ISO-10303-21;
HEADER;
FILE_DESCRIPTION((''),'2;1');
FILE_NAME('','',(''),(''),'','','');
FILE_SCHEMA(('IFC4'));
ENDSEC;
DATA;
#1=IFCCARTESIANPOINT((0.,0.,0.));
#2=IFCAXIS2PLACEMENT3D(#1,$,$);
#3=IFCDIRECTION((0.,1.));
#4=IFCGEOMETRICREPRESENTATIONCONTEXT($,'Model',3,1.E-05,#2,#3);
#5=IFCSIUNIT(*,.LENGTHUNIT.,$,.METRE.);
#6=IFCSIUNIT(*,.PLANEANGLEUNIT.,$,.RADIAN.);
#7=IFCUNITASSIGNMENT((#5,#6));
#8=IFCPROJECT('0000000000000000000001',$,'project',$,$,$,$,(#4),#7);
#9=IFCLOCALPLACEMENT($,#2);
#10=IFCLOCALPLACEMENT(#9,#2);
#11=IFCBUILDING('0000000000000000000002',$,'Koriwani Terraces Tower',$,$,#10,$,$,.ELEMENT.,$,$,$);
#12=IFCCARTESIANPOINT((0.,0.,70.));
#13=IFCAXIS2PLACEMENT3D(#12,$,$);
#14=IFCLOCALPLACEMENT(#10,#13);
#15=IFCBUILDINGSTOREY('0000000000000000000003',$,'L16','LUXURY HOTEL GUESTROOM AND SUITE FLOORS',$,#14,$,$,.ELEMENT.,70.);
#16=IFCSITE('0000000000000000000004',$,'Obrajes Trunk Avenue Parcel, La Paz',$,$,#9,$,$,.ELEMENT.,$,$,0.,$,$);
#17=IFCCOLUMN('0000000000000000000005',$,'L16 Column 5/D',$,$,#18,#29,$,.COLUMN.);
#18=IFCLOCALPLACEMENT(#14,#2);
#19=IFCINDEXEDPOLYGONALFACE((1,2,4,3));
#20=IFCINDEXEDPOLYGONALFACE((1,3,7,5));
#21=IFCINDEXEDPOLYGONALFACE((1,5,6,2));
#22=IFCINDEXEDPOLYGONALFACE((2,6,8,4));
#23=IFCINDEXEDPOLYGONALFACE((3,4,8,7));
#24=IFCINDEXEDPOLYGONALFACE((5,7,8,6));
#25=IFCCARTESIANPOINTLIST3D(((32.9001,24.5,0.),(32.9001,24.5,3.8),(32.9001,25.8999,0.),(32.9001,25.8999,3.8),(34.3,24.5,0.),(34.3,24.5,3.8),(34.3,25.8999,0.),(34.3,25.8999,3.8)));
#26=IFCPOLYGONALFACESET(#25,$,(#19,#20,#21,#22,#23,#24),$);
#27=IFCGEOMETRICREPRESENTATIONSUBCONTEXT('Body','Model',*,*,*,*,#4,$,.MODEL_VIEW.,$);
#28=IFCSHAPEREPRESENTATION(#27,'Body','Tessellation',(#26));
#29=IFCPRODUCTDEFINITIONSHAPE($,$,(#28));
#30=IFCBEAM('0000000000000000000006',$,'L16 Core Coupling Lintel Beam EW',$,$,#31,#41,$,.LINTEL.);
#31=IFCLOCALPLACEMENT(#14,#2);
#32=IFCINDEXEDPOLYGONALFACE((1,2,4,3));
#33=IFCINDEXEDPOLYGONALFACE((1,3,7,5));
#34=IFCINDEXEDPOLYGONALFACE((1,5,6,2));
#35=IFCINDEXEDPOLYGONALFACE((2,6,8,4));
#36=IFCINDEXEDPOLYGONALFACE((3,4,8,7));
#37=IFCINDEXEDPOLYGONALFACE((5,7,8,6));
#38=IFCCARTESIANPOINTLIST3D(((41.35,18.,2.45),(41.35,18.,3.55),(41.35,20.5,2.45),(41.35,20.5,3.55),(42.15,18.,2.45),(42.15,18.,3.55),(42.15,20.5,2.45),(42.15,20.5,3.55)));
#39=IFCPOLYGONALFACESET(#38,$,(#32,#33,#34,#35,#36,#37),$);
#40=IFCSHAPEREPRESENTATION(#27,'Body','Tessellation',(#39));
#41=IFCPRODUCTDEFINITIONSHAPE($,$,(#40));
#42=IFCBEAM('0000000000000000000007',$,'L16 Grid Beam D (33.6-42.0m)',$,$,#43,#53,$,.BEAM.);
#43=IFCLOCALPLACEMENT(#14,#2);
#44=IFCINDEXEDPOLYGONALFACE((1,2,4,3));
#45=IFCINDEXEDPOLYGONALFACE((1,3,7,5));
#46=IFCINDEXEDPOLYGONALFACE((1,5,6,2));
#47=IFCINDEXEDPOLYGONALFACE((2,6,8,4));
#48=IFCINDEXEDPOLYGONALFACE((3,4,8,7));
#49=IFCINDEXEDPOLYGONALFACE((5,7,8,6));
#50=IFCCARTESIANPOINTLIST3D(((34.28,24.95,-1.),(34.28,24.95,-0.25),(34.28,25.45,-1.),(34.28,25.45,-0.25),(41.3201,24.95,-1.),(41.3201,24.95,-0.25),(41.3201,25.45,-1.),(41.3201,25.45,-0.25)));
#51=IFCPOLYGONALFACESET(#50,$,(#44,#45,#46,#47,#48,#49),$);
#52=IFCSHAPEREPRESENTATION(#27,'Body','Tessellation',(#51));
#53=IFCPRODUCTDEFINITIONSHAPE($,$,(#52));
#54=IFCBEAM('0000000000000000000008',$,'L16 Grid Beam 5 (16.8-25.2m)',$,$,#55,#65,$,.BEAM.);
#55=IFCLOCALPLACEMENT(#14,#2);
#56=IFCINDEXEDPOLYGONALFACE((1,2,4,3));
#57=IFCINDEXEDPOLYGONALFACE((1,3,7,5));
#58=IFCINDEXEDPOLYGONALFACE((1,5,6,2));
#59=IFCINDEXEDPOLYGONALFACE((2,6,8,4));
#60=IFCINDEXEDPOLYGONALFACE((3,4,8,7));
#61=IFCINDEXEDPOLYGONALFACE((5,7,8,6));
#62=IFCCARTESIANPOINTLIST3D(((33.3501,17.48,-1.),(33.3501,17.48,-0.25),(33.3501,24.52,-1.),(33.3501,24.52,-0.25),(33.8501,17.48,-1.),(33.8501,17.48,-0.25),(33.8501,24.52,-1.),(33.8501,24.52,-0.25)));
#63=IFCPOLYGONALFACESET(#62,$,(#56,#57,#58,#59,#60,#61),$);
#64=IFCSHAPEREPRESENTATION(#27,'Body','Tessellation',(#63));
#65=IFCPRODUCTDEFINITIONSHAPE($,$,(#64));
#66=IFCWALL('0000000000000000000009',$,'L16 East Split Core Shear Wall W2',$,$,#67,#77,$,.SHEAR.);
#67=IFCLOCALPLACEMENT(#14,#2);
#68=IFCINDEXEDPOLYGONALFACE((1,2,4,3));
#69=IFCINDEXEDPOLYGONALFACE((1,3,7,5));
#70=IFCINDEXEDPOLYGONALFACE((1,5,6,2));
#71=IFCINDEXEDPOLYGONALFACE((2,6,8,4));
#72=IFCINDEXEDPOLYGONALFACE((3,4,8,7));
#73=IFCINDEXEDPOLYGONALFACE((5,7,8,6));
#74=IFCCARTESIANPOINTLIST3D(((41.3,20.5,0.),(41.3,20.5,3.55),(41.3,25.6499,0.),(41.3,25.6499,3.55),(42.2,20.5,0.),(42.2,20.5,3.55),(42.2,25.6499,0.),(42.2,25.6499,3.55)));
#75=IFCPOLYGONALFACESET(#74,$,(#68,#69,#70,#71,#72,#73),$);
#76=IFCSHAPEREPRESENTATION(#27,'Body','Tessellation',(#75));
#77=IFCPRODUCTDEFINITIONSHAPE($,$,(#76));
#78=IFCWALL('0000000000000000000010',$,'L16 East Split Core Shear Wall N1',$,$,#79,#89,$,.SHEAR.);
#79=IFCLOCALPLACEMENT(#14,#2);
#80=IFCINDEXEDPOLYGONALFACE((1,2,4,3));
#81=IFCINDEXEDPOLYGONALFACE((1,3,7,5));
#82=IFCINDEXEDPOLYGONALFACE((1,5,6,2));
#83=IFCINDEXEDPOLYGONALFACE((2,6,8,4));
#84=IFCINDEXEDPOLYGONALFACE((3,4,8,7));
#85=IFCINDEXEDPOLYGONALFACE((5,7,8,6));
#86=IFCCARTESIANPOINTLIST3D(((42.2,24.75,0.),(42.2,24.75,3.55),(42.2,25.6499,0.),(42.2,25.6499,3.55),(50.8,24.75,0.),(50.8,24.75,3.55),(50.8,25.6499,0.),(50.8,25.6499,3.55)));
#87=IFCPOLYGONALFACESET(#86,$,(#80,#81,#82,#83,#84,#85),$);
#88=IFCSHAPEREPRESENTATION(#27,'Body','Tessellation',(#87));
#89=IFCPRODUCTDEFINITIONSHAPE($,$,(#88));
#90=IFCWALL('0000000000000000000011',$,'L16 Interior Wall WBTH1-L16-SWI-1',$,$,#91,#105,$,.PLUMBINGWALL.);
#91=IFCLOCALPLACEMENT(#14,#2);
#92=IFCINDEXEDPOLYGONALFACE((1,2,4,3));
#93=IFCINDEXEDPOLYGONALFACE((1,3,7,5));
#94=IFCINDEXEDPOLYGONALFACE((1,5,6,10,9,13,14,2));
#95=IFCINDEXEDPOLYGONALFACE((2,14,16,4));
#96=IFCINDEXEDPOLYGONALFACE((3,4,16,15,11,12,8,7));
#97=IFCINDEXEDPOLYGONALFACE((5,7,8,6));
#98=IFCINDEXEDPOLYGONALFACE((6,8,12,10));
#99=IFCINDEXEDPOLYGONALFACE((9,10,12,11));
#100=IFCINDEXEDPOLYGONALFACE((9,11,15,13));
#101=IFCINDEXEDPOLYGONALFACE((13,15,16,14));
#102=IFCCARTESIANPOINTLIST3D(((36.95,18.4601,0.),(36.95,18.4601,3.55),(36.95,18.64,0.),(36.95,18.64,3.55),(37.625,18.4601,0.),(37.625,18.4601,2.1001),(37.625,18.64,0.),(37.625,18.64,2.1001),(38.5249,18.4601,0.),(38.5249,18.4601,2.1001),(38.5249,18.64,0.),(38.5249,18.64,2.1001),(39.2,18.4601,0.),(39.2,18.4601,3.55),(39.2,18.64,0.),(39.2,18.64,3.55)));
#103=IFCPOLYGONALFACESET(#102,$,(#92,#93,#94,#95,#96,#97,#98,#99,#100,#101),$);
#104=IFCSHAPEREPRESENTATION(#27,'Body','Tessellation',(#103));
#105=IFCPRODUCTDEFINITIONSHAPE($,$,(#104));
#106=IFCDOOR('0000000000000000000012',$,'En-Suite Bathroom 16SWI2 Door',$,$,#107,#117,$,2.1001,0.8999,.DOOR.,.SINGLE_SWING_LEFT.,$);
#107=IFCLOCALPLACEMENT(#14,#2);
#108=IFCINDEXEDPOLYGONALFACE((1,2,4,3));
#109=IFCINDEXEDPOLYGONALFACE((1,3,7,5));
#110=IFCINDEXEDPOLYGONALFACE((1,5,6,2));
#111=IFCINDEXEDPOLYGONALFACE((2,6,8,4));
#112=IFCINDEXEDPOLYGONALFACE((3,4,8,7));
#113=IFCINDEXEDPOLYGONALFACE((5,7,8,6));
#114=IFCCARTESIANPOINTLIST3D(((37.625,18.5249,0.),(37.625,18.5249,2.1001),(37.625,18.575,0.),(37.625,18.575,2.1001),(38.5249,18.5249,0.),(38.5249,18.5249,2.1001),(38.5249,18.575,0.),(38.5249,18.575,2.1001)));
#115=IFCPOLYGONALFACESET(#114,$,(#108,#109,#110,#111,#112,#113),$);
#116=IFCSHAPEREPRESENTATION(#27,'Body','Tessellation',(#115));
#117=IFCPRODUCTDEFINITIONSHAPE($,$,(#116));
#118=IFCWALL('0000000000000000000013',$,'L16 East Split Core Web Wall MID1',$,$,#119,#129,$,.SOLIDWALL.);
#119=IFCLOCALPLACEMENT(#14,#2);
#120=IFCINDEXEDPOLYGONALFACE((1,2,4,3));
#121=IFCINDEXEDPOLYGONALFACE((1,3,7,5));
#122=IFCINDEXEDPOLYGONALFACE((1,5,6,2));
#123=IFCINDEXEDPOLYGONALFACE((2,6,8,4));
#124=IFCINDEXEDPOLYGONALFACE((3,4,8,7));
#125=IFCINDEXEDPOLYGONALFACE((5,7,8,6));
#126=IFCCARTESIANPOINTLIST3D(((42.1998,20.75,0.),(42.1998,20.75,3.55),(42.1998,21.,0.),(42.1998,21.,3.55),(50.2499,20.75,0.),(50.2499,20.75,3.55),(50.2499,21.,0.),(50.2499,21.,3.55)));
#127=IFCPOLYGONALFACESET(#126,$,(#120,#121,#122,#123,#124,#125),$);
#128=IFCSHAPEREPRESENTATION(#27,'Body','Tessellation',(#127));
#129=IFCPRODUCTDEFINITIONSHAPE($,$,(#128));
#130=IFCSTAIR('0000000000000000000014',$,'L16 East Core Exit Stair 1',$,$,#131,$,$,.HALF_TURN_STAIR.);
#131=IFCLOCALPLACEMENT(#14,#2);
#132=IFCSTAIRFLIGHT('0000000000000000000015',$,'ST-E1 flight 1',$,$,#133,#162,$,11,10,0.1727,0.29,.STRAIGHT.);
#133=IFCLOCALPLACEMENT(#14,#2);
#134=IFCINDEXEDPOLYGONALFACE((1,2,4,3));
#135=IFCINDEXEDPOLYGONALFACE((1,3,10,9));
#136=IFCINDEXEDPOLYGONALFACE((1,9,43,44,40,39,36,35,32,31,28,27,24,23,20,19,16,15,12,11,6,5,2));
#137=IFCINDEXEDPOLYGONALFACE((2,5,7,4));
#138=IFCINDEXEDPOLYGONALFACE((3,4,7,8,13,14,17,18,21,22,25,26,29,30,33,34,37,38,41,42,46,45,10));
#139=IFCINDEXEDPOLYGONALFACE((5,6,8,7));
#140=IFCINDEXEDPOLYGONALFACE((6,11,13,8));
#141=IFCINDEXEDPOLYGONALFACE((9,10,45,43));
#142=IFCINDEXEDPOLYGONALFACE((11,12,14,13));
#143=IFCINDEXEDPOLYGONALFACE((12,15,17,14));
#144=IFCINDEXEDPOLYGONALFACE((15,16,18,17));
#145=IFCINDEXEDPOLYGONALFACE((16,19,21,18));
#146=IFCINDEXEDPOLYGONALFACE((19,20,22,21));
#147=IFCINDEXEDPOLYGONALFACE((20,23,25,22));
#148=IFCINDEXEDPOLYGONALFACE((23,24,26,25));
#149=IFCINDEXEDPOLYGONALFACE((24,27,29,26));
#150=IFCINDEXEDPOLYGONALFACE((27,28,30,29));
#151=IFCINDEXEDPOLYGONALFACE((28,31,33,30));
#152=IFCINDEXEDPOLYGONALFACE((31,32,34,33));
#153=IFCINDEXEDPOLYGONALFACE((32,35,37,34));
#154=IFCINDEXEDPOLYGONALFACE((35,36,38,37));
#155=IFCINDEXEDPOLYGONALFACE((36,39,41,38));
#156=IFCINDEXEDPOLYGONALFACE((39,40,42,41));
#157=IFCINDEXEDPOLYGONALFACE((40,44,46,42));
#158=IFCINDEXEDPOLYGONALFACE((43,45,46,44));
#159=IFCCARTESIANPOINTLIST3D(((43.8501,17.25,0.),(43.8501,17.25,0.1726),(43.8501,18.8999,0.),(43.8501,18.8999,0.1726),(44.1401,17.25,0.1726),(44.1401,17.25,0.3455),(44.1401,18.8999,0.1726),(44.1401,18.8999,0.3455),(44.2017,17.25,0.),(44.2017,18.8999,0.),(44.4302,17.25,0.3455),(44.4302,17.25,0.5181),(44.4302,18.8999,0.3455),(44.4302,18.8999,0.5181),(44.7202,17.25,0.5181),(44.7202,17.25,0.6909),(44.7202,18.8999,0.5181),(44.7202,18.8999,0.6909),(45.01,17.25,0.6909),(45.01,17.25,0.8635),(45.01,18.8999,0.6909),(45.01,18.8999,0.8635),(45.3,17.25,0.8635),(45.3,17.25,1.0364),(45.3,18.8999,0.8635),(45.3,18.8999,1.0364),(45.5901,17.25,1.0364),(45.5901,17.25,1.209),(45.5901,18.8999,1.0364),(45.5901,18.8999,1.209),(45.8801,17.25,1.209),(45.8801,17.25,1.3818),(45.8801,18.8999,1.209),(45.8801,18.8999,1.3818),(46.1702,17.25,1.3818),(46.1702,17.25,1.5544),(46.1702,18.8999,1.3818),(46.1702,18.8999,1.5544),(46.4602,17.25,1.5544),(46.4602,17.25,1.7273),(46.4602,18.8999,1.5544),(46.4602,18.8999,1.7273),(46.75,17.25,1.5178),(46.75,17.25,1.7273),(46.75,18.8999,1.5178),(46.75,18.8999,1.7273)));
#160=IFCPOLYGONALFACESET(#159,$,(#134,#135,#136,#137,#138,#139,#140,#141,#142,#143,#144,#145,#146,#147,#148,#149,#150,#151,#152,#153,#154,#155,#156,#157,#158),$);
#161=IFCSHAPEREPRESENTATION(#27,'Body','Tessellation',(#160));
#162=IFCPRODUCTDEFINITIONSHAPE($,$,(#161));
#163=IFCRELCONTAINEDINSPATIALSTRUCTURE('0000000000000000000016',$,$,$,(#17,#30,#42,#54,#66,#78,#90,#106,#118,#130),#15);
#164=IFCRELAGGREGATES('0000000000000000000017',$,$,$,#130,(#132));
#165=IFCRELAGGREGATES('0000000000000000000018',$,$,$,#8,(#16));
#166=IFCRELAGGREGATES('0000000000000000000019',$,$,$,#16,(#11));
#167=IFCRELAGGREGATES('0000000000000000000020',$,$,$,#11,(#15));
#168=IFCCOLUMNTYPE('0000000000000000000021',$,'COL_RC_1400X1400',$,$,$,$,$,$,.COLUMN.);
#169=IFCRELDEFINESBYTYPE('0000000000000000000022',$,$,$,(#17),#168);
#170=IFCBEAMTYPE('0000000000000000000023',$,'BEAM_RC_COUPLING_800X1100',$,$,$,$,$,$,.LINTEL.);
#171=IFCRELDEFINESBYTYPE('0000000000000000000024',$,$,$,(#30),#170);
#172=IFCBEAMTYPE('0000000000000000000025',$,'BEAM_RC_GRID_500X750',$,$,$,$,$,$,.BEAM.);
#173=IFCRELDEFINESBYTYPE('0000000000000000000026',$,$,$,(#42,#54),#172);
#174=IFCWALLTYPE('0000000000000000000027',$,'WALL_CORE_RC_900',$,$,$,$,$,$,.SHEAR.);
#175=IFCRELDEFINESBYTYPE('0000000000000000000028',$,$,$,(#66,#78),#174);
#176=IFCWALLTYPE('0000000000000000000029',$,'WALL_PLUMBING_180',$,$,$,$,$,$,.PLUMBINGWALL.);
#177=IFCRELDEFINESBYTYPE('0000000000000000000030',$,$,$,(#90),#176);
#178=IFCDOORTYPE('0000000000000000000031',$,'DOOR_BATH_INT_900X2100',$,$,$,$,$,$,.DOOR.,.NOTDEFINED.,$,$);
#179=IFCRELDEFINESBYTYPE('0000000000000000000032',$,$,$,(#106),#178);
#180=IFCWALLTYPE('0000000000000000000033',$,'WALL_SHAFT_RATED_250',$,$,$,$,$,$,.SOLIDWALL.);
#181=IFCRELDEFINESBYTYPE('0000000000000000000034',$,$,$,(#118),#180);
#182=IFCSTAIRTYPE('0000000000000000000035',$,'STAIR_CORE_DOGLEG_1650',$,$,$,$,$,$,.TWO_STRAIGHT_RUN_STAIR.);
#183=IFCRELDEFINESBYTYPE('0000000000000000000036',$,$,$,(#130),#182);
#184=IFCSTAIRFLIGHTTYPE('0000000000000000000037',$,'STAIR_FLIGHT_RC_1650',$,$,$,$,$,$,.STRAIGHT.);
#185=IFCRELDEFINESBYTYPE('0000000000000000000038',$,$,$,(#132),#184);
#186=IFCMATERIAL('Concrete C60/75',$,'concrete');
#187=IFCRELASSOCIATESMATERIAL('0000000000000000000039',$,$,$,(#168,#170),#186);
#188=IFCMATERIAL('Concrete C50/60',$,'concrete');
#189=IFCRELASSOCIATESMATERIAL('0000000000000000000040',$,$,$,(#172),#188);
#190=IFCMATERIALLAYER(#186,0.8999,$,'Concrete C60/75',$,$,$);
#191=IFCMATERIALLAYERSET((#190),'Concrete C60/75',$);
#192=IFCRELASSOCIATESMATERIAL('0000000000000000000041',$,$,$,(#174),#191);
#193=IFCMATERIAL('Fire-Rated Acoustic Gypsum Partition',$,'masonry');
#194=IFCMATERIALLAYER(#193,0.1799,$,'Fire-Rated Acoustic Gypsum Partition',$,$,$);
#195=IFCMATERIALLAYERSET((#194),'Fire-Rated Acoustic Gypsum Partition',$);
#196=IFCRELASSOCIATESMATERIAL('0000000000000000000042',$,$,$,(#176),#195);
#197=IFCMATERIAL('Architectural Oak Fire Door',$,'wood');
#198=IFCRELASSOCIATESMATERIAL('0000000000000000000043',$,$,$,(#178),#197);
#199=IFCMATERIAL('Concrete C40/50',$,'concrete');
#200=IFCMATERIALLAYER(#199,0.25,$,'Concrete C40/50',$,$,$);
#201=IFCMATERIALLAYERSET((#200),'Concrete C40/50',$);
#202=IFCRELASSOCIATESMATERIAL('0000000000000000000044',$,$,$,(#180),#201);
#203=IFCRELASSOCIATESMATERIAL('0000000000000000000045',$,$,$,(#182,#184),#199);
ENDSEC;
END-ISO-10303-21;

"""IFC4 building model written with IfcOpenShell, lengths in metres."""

from ifc_helpers import new_model, si_unit, direction, frame, frame_2d, origin, origin_2d, place, context, subcontext, project, spatial, polyline, rectangle, outline, extrude, material, layer, layer_set, material_profile, profile_set, type_object, element, fill, aggregate, save


model = new_model("IFC4")

# Units and contexts
model_context = context("Model", 3, precision=1e-05, world=origin(), true_north=direction((0.0, 1.0)))
body_context = subcontext(model_context, "Body", "Model", "MODEL_VIEW")
ifc_project = project(units=[si_unit("LENGTHUNIT", "METRE"), si_unit("PLANEANGLEUNIT", "RADIAN")], contexts=[model_context])

# Site, building, storey
site_placement = place(None, origin())
site = spatial("IfcSite", under=ifc_project, at=site_placement, Name="Obrajes Trunk Avenue Parcel, La Paz", CompositionType="ELEMENT", RefElevation=0.0)
building_placement = place(site_placement, origin())
building = spatial("IfcBuilding", under=site, at=building_placement, Name="Koriwani Terraces Tower", CompositionType="ELEMENT")
storey_placement = place(building_placement, frame((0.0, 0.0, 70.0)))
storey = spatial("IfcBuildingStorey", under=building, at=storey_placement, Name="L16", Description="LUXURY HOTEL GUESTROOM AND SUITE FLOORS", CompositionType="ELEMENT", Elevation=70.0)

# Column
ifc_material_1 = material(Name="Concrete C60/75", Category="concrete")
ifc_material_profile_1 = material_profile(ifc_material_1, rectangle(XDim=1.3999, YDim=1.3999, at=origin_2d()), Name="Concrete C60/75", Category="LoadBearing")
ifc_profile_set_1 = profile_set([ifc_material_profile_1], Name="Concrete C60/75")
column_type = type_object("IfcColumnType", Name="COL_RC_1400X1400", PredefinedType="COLUMN", material=ifc_profile_set_1)
column_placement = place(storey_placement, frame((33.6001, 25.2, 0.0), z_axis=(0.0, 0.0, 1.0), x_axis=(1.0, 0.0, 0.0)))
element("IfcColumn", 1, at=column_placement, inside=storey, type_object=column_type, Name="L16 Column 5/D", PredefinedType="COLUMN", context=body_context, shape_type="SweptSolid", body=[
    extrude(rectangle(XDim=1.3999, YDim=1.3999, at=origin_2d()), origin(), (0.0, 0.0, 1.0), 3.8),
])

# Beams
ifc_material_profile_2 = material_profile(ifc_material_1, rectangle(XDim=0.8, YDim=1.1001, at=origin_2d()), Name="Concrete C60/75", Category="LoadBearing")
ifc_profile_set_2 = profile_set([ifc_material_profile_2], Name="Concrete C60/75")
beam_type_1 = type_object("IfcBeamType", Name="BEAM_RC_COUPLING_800X1100", PredefinedType="LINTEL", material=ifc_profile_set_2)
beam_placement = place(storey_placement, frame((41.75, 18.0, 3.0), z_axis=(0.0, 1.0, 0.0), x_axis=(-1.0, 0.0, 0.0)))
element("IfcBeam", 2, at=beam_placement, inside=storey, type_object=beam_type_1, Name="L16 Core Coupling Lintel Beam EW", PredefinedType="LINTEL", context=body_context, shape_type="SweptSolid", body=[
    extrude(rectangle(XDim=0.8, YDim=1.1001, at=origin_2d()), origin(), (0.0, 0.0, 1.0), 2.5),
])
ifc_material_2 = material(Name="Concrete C50/60", Category="concrete")
ifc_material_profile_3 = material_profile(ifc_material_2, rectangle(XDim=0.5, YDim=0.75, at=origin_2d()), Name="Concrete C50/60", Category="LoadBearing")
ifc_profile_set_3 = profile_set([ifc_material_profile_3], Name="Concrete C50/60")
beam_type_2 = type_object("IfcBeamType", Name="BEAM_RC_GRID_500X750", PredefinedType="BEAM", material=ifc_profile_set_3)
for number, where, z_axis, x_axis, name in (
    (3, (34.28, 25.2, -0.625), (1.0, 0.0, 0.0), (0.0, 1.0, 0.0), "L16 Grid Beam D (33.6-42.0m)"),
    (4, (33.6001, 17.48, -0.625), (0.0, 1.0, 0.0), (-1.0, 0.0, 0.0), "L16 Grid Beam 5 (16.8-25.2m)"),
):
    element("IfcBeam", number, at=place(storey_placement, frame(where, z_axis=z_axis, x_axis=x_axis)), inside=storey, type_object=beam_type_2, Name=name, PredefinedType="BEAM", context=body_context, shape_type="SweptSolid", body=[
        extrude(rectangle(XDim=0.5, YDim=0.75, at=origin_2d()), origin(), (0.0, 0.0, 1.0), 7.04),
    ])

# Walls
ifc_layer_1 = layer(ifc_material_1, 0.8999, Name="Concrete C60/75")
ifc_layer_set_1 = layer_set([ifc_layer_1], Name="Concrete C60/75")
wall_type_1 = type_object("IfcWallType", Name="WALL_CORE_RC_900", PredefinedType="SHEAR", material=ifc_layer_set_1)
wall_1_placement = place(storey_placement, frame((41.75, 20.5, 0.0), z_axis=(0.0, 0.0, 1.0), x_axis=(0.0, 1.0, 0.0)))
element("IfcWall", 5, at=wall_1_placement, inside=storey, type_object=wall_type_1, Name="L16 East Split Core Shear Wall W2", PredefinedType="SHEAR", context=body_context, shape_type="SweptSolid", body=[
    extrude(rectangle(XDim=5.1499, YDim=0.8999, at=frame_2d((2.575, 0.0))), origin(), (0.0, 0.0, 1.0), 3.55),
])
wall_2_placement = place(storey_placement, frame((42.2, 25.2, 0.0), z_axis=(0.0, 0.0, 1.0), x_axis=(1.0, 0.0, 0.0)))
element("IfcWall", 6, at=wall_2_placement, inside=storey, type_object=wall_type_1, Name="L16 East Split Core Shear Wall N1", PredefinedType="SHEAR", context=body_context, shape_type="SweptSolid", body=[
    extrude(rectangle(XDim=8.6001, YDim=0.8999, at=frame_2d((4.3, 0.0))), origin(), (0.0, 0.0, 1.0), 3.55),
])

# Wall, opening, door
ifc_material_3 = material(Name="Fire-Rated Acoustic Gypsum Partition", Category="masonry")
ifc_layer_2 = layer(ifc_material_3, 0.1799, Name="Fire-Rated Acoustic Gypsum Partition")
ifc_layer_set_2 = layer_set([ifc_layer_2], Name="Fire-Rated Acoustic Gypsum Partition")
wall_type_2 = type_object("IfcWallType", Name="WALL_PLUMBING_180", PredefinedType="PLUMBINGWALL", material=ifc_layer_set_2)
wall_3_placement = place(storey_placement, frame((36.95, 18.55, 0.0), z_axis=(0.0, 0.0, 1.0), x_axis=(1.0, 0.0, 0.0)))
wall_3 = element("IfcWall", 7, at=wall_3_placement, inside=storey, type_object=wall_type_2, Name="L16 Interior Wall WBTH1-L16-SWI-1", PredefinedType="PLUMBINGWALL", context=body_context, shape_type="SweptSolid", body=[
    extrude(rectangle(XDim=2.25, YDim=0.1799, at=frame_2d((1.125, 0.0))), origin(), (0.0, 0.0, 1.0), 3.55),
])
opening_1_placement = place(wall_3_placement, frame((0.675, 0.0, 0.0)))
opening_1 = element("IfcOpeningElement", 8, at=opening_1_placement, cuts=wall_3, PredefinedType="OPENING", context=body_context, shape_type="SweptSolid", body=[
    extrude(rectangle(XDim=0.8999, YDim=2.1001, at=frame_2d((0.45, 1.05))), frame((0.0, 0.1001, 0.0), z_axis=(0.0, -1.0, 0.0), x_axis=(1.0, 0.0, 0.0)), (0.0, 0.0, 1.0), 0.2),
])
ifc_material_4 = material(Name="Architectural Oak Fire Door", Category="wood")
door_type_1 = type_object("IfcDoorType", Name="DOOR_BATH_INT_900X2100", OperationType="NOTDEFINED", PredefinedType="DOOR", material=ifc_material_4)
door_1_placement = place(opening_1_placement, origin())
door_1 = element("IfcDoor", 9, at=door_1_placement, inside=storey, type_object=door_type_1, Name="En-Suite Bathroom 16SWI2 Door", OperationType="SINGLE_SWING_LEFT", OverallHeight=2.1001, OverallWidth=0.8999, PredefinedType="DOOR", context=body_context, shape_type="SweptSolid", body=[
    extrude(rectangle(XDim=0.8999, YDim=2.1001, at=frame_2d((0.45, 1.05))), frame((0.0, 0.0249, 0.0), z_axis=(0.0, -1.0, 0.0), x_axis=(1.0, 0.0, 0.0)), (0.0, 0.0, 1.0), 0.05),
])
fill(opening_1, door_1)

# Wall
ifc_material_5 = material(Name="Concrete C40/50", Category="concrete")
ifc_layer_3 = layer(ifc_material_5, 0.25, Name="Concrete C40/50")
ifc_layer_set_3 = layer_set([ifc_layer_3], Name="Concrete C40/50")
wall_type_3 = type_object("IfcWallType", Name="WALL_SHAFT_RATED_250", PredefinedType="SOLIDWALL", material=ifc_layer_set_3)
wall_4_placement = place(storey_placement, frame((42.2, 20.875, 0.0), z_axis=(0.0, 0.0, 1.0), x_axis=(1.0, 0.0, 0.0)))
element("IfcWall", 10, at=wall_4_placement, inside=storey, type_object=wall_type_3, Name="L16 East Split Core Web Wall MID1", PredefinedType="SOLIDWALL", context=body_context, shape_type="SweptSolid", body=[
    extrude(rectangle(XDim=8.05, YDim=0.25, at=frame_2d((4.0249, 0.0))), origin(), (0.0, 0.0, 1.0), 3.55),
])

# Stair, stair flight
stair_type = type_object("IfcStairType", Name="STAIR_CORE_DOGLEG_1650", PredefinedType="TWO_STRAIGHT_RUN_STAIR", material=ifc_material_5)
stair_placement = place(storey_placement, origin())
stair = element("IfcStair", 11, at=stair_placement, inside=storey, type_object=stair_type, Name="L16 East Core Exit Stair 1", PredefinedType="HALF_TURN_STAIR")
stair_flight_type = type_object("IfcStairFlightType", Name="STAIR_FLIGHT_RC_1650", PredefinedType="STRAIGHT", material=ifc_material_5)
stair_flight_1_placement = place(storey_placement, frame((43.8501, 18.075, 0.0), z_axis=(0.0, 0.0, 1.0), x_axis=(1.0, 0.0, 0.0)))
stair_flight_1 = element("IfcStairFlight", 12, at=stair_flight_1_placement, type_object=stair_flight_type, Name="ST-E1 flight 1", NumberOfRisers=11, NumberOfTreads=10, PredefinedType="STRAIGHT", RiserHeight=0.1727, TreadLength=0.29, context=body_context, shape_type="SweptSolid", body=[
    extrude(outline(polyline([(0.0, 0.0), (0.0, 0.1726), (0.29, 0.1726), (0.29, 0.3455), (0.5801, 0.3455), (0.5801, 0.5181), (0.8701, 0.5181), (0.8701, 0.6909), (1.1599, 0.6909), (1.1599, 0.8635), (1.45, 0.8635), (1.45, 1.0364), (1.74, 1.0364), (1.74, 1.209), (2.03, 1.209), (2.03, 1.3818), (2.3201, 1.3818), (2.3201, 1.5544), (2.6101, 1.5544), (2.6101, 1.7273), (2.8999, 1.7273), (2.8999, 1.8999), (2.8999, 1.5178), (0.3516, 0.0), (0.0, 0.0)])), frame((0.0, 0.825, 0.0), z_axis=(0.0, -1.0, 0.0), x_axis=(1.0, 0.0, 0.0)), (0.0, 0.0, 1.0), 1.6499),
])
aggregate(stair, [stair_flight_1])

save(model, "model.ifc")
